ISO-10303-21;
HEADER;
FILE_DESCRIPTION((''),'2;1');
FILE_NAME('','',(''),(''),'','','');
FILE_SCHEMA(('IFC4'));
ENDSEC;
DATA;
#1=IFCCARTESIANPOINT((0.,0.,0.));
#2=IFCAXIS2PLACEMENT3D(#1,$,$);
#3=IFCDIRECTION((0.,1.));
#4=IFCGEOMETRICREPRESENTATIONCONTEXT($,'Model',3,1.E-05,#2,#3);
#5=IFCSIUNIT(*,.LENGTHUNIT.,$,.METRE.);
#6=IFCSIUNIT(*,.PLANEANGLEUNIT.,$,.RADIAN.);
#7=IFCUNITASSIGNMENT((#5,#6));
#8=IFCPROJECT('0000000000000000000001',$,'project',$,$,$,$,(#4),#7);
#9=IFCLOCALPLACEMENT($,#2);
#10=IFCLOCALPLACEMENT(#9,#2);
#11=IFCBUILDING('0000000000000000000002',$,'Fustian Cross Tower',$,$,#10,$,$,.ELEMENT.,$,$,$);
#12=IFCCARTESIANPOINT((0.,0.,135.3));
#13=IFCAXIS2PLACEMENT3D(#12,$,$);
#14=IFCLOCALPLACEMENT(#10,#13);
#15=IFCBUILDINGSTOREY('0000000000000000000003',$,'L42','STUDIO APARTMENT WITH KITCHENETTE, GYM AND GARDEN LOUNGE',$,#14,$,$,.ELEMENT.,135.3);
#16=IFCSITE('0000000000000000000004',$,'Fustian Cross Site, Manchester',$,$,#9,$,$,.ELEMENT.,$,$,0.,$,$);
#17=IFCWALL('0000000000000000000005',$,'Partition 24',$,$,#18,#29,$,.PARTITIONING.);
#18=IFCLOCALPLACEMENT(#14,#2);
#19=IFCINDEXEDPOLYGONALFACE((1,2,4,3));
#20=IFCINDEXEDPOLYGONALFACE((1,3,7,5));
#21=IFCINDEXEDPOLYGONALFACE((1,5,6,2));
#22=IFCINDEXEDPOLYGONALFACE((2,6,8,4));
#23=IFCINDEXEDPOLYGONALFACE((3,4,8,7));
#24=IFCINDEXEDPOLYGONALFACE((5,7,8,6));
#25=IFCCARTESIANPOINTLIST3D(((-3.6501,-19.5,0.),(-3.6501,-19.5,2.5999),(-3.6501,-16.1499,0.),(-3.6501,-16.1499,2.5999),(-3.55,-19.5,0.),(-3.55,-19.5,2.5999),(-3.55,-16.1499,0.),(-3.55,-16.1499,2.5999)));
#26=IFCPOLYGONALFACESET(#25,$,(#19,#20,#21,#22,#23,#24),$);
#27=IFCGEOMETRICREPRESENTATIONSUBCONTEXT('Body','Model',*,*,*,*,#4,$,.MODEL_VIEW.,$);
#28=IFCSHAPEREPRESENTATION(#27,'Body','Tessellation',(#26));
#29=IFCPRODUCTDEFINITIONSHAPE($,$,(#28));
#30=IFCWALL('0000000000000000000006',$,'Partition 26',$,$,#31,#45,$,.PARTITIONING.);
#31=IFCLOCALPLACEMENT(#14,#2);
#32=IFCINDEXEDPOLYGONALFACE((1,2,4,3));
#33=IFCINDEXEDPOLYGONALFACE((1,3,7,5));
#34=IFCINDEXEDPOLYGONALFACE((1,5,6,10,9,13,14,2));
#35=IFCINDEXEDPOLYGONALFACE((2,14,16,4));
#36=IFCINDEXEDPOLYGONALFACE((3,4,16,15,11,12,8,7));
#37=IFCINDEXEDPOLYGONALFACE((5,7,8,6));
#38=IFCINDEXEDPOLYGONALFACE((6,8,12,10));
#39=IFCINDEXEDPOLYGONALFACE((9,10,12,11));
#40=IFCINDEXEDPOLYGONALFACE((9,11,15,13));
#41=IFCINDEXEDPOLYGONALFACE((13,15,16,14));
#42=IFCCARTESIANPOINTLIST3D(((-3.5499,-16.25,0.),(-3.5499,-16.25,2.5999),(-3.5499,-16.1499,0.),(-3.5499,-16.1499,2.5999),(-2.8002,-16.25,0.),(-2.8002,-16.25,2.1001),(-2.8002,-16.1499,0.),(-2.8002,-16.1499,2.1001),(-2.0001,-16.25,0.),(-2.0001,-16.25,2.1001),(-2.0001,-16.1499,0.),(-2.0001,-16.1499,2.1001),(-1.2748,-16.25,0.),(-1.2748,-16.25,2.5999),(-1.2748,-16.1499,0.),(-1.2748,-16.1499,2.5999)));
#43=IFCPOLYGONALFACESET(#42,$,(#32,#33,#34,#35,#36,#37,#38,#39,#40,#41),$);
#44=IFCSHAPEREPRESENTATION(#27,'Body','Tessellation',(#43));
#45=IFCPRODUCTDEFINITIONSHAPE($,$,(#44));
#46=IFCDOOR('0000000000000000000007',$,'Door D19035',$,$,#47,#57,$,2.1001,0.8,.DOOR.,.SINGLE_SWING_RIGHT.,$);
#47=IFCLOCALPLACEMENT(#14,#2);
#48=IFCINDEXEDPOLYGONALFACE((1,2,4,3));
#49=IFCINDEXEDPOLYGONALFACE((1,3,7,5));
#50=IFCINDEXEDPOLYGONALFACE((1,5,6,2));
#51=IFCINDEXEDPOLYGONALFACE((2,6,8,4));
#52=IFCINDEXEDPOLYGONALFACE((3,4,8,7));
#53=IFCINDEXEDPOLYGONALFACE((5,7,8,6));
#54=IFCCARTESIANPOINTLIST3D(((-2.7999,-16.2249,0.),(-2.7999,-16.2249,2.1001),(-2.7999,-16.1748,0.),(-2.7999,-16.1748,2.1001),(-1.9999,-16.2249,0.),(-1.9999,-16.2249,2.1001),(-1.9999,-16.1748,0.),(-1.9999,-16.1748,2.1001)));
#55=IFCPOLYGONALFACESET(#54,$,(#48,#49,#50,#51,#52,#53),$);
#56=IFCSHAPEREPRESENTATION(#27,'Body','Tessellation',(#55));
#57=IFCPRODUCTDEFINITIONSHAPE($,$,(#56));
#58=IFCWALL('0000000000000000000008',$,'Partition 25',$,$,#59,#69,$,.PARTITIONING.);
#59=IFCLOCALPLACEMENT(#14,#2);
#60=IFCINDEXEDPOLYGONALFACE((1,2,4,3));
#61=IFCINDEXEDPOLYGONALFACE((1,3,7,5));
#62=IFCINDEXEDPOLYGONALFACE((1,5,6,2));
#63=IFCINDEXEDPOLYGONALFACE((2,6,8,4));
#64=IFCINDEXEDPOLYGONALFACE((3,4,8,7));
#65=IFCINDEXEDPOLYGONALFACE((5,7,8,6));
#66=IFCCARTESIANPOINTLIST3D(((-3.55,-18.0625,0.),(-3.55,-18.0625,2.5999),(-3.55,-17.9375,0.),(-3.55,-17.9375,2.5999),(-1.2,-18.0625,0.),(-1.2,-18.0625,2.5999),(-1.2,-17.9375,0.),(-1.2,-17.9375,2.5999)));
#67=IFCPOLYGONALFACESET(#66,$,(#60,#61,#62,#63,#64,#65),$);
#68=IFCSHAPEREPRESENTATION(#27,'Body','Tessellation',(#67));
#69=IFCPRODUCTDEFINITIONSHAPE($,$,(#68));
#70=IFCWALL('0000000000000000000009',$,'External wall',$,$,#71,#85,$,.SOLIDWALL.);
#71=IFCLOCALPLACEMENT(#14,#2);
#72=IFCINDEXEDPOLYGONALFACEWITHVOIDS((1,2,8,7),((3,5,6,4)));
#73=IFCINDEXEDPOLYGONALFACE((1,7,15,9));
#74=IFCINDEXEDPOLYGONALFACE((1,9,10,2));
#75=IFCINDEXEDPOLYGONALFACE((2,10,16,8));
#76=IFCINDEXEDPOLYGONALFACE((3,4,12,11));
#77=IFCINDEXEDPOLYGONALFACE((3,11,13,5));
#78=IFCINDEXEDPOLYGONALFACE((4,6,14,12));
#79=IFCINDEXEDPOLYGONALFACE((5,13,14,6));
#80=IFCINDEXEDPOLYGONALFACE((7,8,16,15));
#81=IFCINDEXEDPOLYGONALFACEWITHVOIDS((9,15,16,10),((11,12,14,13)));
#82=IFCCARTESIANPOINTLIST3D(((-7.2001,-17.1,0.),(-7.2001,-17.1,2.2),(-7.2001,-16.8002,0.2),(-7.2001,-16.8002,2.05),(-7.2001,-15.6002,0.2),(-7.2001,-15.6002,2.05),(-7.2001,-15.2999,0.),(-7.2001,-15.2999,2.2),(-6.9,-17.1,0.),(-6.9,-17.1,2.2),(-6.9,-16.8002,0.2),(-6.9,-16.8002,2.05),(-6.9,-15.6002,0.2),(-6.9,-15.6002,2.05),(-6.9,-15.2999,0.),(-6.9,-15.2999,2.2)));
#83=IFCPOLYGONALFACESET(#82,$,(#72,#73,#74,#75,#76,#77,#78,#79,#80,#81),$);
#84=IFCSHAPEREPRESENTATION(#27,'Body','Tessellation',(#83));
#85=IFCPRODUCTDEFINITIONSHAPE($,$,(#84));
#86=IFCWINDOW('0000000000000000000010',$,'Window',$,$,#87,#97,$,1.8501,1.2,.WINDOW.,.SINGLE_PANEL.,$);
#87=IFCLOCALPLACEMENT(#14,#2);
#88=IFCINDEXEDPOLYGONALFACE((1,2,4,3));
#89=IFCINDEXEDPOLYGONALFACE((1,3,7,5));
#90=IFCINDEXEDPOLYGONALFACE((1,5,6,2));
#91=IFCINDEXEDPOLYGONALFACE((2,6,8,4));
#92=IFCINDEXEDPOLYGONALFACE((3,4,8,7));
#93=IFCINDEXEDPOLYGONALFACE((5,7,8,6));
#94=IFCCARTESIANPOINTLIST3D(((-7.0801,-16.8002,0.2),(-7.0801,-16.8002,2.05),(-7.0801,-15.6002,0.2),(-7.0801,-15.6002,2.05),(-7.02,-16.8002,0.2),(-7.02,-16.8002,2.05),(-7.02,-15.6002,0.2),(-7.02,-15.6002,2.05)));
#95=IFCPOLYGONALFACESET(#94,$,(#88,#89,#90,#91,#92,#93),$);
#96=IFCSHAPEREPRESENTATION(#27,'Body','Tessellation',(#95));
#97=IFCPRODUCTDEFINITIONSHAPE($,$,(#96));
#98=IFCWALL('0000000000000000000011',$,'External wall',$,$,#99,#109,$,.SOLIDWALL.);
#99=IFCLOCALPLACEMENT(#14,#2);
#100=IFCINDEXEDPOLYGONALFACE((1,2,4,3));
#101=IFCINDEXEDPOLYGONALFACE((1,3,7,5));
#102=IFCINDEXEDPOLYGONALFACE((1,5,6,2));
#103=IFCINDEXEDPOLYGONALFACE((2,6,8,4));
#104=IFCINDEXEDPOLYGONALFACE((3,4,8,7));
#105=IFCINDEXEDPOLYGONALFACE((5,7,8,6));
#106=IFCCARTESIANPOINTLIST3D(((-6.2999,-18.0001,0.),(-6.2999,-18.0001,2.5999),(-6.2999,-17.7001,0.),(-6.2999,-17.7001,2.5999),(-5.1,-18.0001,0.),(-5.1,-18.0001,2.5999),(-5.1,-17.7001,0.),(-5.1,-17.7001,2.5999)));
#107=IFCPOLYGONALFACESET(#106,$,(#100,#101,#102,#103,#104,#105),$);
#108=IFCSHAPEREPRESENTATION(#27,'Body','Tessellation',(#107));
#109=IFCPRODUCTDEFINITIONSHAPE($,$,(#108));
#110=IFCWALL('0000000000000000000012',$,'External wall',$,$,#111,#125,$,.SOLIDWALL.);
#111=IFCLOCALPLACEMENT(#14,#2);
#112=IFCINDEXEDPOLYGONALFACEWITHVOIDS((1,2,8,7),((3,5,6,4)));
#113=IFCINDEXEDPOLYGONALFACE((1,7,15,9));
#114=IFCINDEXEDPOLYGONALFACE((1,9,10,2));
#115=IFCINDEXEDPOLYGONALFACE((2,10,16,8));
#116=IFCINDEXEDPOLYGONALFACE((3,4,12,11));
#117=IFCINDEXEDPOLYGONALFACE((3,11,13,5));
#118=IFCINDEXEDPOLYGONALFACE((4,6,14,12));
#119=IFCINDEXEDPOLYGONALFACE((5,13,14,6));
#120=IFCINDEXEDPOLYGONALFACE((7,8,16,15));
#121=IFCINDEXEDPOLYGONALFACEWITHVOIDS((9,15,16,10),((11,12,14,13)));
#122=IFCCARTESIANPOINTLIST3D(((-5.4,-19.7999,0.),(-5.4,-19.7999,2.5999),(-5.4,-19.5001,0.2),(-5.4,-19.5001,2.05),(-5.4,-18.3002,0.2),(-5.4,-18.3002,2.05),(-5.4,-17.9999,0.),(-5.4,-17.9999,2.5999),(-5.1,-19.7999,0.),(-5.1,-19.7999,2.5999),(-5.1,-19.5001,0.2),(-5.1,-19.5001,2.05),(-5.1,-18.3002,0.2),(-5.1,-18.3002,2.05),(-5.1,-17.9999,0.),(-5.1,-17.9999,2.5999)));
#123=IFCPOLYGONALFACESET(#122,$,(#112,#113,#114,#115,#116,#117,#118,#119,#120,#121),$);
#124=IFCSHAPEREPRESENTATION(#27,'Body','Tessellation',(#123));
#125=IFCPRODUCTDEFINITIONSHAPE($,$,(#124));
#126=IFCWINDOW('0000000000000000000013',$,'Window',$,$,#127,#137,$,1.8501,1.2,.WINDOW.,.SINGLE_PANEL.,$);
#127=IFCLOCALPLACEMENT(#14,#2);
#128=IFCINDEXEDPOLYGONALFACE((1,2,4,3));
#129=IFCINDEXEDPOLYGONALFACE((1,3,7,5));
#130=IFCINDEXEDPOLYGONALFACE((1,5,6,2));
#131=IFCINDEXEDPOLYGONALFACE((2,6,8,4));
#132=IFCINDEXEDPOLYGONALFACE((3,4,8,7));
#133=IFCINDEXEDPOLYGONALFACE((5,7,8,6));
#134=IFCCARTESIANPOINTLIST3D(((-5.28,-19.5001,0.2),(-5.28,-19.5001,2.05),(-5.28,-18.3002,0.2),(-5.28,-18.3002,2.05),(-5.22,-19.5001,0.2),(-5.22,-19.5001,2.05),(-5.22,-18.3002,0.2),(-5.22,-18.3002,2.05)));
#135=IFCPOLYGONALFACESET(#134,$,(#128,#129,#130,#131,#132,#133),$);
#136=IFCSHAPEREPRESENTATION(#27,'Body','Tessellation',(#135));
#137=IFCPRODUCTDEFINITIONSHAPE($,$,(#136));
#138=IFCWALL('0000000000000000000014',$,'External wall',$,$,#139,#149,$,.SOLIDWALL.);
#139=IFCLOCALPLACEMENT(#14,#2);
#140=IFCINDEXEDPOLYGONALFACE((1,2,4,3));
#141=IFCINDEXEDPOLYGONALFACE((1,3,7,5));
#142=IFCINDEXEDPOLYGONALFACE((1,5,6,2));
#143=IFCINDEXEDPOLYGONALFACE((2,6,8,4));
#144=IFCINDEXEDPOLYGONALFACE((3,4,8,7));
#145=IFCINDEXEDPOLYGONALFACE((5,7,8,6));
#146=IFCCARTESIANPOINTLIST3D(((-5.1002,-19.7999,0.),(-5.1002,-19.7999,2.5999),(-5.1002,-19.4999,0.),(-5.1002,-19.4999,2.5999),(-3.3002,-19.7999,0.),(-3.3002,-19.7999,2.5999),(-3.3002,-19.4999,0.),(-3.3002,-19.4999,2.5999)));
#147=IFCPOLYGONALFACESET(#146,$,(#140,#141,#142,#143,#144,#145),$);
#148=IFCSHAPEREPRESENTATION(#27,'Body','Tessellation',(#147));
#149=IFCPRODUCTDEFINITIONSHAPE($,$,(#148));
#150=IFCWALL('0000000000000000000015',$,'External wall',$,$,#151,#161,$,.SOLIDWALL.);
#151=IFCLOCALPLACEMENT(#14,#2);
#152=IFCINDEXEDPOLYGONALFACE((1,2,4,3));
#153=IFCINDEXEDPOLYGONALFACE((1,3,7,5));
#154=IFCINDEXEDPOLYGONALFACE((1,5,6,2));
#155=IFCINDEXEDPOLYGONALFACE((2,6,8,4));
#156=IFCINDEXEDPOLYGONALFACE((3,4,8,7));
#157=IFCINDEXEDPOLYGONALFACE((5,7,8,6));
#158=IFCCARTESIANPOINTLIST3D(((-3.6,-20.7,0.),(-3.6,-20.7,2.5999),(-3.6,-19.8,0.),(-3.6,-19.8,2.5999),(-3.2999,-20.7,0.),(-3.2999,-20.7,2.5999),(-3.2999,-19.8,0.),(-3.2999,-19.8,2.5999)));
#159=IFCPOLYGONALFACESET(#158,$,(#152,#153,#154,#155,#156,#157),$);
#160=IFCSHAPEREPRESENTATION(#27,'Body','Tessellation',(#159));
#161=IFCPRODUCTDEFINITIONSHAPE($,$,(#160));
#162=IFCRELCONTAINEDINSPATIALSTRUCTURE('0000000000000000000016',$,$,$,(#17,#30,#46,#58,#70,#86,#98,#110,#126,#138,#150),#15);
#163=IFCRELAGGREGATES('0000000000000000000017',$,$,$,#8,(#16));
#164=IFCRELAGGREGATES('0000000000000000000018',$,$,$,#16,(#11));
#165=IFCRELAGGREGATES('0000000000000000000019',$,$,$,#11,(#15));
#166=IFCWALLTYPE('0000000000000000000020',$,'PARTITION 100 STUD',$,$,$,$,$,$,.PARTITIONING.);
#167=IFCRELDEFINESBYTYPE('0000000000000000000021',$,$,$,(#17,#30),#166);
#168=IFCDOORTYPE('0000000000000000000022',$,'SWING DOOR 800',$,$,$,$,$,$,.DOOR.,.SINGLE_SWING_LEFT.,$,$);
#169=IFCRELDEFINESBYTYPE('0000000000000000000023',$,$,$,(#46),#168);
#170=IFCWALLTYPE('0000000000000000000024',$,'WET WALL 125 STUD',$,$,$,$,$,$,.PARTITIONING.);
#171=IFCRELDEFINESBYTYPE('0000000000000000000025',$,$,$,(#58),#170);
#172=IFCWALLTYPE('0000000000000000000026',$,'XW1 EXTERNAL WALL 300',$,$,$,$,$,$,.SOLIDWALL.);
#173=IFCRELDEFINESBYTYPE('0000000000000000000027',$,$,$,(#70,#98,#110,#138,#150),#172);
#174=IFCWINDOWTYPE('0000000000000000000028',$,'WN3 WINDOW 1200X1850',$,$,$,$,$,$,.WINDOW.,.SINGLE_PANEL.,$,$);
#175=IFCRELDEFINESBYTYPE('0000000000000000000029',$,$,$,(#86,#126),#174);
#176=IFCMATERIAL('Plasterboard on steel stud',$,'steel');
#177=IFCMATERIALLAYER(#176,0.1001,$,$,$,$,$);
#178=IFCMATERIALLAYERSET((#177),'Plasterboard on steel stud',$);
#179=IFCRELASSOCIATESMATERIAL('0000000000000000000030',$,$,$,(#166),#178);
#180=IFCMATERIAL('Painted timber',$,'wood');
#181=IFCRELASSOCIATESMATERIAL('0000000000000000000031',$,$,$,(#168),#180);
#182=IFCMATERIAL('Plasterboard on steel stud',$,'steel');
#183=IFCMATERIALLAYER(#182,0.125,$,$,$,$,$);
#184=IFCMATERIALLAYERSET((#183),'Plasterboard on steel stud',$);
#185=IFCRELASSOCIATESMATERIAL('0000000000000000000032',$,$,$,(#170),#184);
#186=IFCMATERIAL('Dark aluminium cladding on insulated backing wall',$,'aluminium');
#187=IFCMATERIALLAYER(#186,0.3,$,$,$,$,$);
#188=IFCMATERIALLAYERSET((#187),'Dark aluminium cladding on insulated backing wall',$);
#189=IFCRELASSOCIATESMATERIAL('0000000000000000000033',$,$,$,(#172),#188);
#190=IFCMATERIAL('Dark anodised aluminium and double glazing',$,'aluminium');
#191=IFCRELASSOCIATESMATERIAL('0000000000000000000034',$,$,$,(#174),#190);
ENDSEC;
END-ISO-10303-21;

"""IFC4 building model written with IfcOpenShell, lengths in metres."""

from ifc_helpers import new_model, si_unit, direction, frame, frame_2d, origin, place, context, subcontext, project, spatial, rectangle, extrude, material, layer, layer_set, type_object, element, fill, save


model = new_model("IFC4")

# Units and contexts
model_context = context("Model", 3, precision=1e-05, world=origin(), true_north=direction((0.0, 1.0)))
body_context = subcontext(model_context, "Body", "Model", "MODEL_VIEW")
ifc_project = project(units=[si_unit("LENGTHUNIT", "METRE"), si_unit("PLANEANGLEUNIT", "RADIAN")], contexts=[model_context])

# Site, building, storey
site_placement = place(None, origin())
site = spatial("IfcSite", under=ifc_project, at=site_placement, Name="Fustian Cross Site, Manchester", CompositionType="ELEMENT", RefElevation=0.0)
building_placement = place(site_placement, origin())
building = spatial("IfcBuilding", under=site, at=building_placement, Name="Fustian Cross Tower", CompositionType="ELEMENT")
storey_placement = place(building_placement, frame((0.0, 0.0, 135.3)))
storey = spatial("IfcBuildingStorey", under=building, at=storey_placement, Name="L42", Description="STUDIO APARTMENT WITH KITCHENETTE, GYM AND GARDEN LOUNGE", CompositionType="ELEMENT", Elevation=135.3)

# Wall
ifc_material_1 = material(Name="Plasterboard on steel stud", Category="steel")
ifc_layer_1 = layer(ifc_material_1, 0.1001)
ifc_layer_set_1 = layer_set([ifc_layer_1], Name="Plasterboard on steel stud")
wall_type_1 = type_object("IfcWallType", Name="PARTITION 100 STUD", PredefinedType="PARTITIONING", material=ifc_layer_set_1)
wall_1_placement = place(storey_placement, frame((-3.6001, -19.5, 0.0), z_axis=(0.0, 0.0, 1.0), x_axis=(0.0, 1.0, 0.0)))
element("IfcWall", 1, at=wall_1_placement, inside=storey, type_object=wall_type_1, Name="Partition 24", PredefinedType="PARTITIONING", context=body_context, shape_type="SweptSolid", body=[
    extrude(rectangle(XDim=3.3501, YDim=0.1001, at=frame_2d((1.675, 0.0))), origin(), (0.0, 0.0, 1.0), 2.5999),
])

# Wall, opening, door
wall_2_placement = place(storey_placement, frame((-3.55, -16.2, 0.0), z_axis=(0.0, 0.0, 1.0), x_axis=(1.0, 0.0, 0.0)))
wall_2 = element("IfcWall", 2, at=wall_2_placement, inside=storey, type_object=wall_type_1, Name="Partition 26", PredefinedType="PARTITIONING", context=body_context, shape_type="SweptSolid", body=[
    extrude(rectangle(XDim=2.2751, YDim=0.1001, at=frame_2d((1.1377, 0.0))), origin(), (0.0, 0.0, 1.0), 2.5999),
])
opening_1_placement = place(wall_2_placement, frame((0.75, 0.0, 0.0)))
opening_1 = element("IfcOpeningElement", 3, at=opening_1_placement, cuts=wall_2, PredefinedType="OPENING", context=body_context, shape_type="SweptSolid", body=[
    extrude(rectangle(XDim=0.8, YDim=2.1001, at=frame_2d((0.3999, 1.05))), frame((0.0, 0.0601, 0.0), z_axis=(0.0, -1.0, 0.0), x_axis=(1.0, 0.0, 0.0)), (0.0, 0.0, 1.0), 0.1201),
])
ifc_material_2 = material(Name="Painted timber", Category="wood")
door_type_1 = type_object("IfcDoorType", Name="SWING DOOR 800", OperationType="SINGLE_SWING_LEFT", PredefinedType="DOOR", material=ifc_material_2)
door_1_placement = place(opening_1_placement, frame((0.8, 0.0, 0.0), z_axis=(0.0, 0.0, 1.0), x_axis=(-1.0, 0.0, 0.0)))
door_1 = element("IfcDoor", 4, at=door_1_placement, inside=storey, type_object=door_type_1, Name="Door D19035", OperationType="SINGLE_SWING_RIGHT", OverallHeight=2.1001, OverallWidth=0.8, PredefinedType="DOOR", context=body_context, shape_type="SweptSolid", body=[
    extrude(rectangle(XDim=0.8, YDim=2.1001, at=frame_2d((0.3999, 1.05))), frame((0.0, 0.0249, 0.0), z_axis=(0.0, -1.0, 0.0), x_axis=(1.0, 0.0, 0.0)), (0.0, 0.0, 1.0), 0.05),
])
fill(opening_1, door_1)

# Wall
ifc_material_3 = material(Name="Plasterboard on steel stud", Category="steel")
ifc_layer_2 = layer(ifc_material_3, 0.125)
ifc_layer_set_2 = layer_set([ifc_layer_2], Name="Plasterboard on steel stud")
wall_type_2 = type_object("IfcWallType", Name="WET WALL 125 STUD", PredefinedType="PARTITIONING", material=ifc_layer_set_2)
wall_3_placement = place(storey_placement, frame((-3.55, -18.0, 0.0), z_axis=(0.0, 0.0, 1.0), x_axis=(1.0, 0.0, 0.0)))
element("IfcWall", 5, at=wall_3_placement, inside=storey, type_object=wall_type_2, Name="Partition 25", PredefinedType="PARTITIONING", context=body_context, shape_type="SweptSolid", body=[
    extrude(rectangle(XDim=2.3501, YDim=0.125, at=frame_2d((1.175, 0.0))), origin(), (0.0, 0.0, 1.0), 2.5999),
])

# Wall, opening, window
ifc_material_4 = material(Name="Dark aluminium cladding on insulated backing wall", Category="aluminium")
ifc_layer_3 = layer(ifc_material_4, 0.3)
ifc_layer_set_3 = layer_set([ifc_layer_3], Name="Dark aluminium cladding on insulated backing wall")
wall_type_3 = type_object("IfcWallType", Name="XW1 EXTERNAL WALL 300", PredefinedType="SOLIDWALL", material=ifc_layer_set_3)
wall_4_placement = place(storey_placement, frame((-7.05, -15.3, 0.0), z_axis=(0.0, 0.0, 1.0), x_axis=(0.0, -1.0, 0.0)))
wall_4 = element("IfcWall", 6, at=wall_4_placement, inside=storey, type_object=wall_type_3, Name="External wall", PredefinedType="SOLIDWALL", context=body_context, shape_type="SweptSolid", body=[
    extrude(rectangle(XDim=1.8, YDim=0.3, at=frame_2d((0.8999, 0.0))), origin(), (0.0, 0.0, 1.0), 2.2),
])
opening_2_placement = place(wall_4_placement, frame((0.3, 0.0, 0.2)))
opening_2 = element("IfcOpeningElement", 7, at=opening_2_placement, cuts=wall_4, PredefinedType="OPENING", context=body_context, shape_type="SweptSolid", body=[
    extrude(rectangle(XDim=1.2, YDim=1.8501, at=frame_2d((0.6001, 0.925))), frame((0.0, 0.1599, 0.0), z_axis=(0.0, -1.0, 0.0), x_axis=(1.0, 0.0, 0.0)), (0.0, 0.0, 1.0), 0.3201),
])
ifc_material_5 = material(Name="Dark anodised aluminium and double glazing", Category="aluminium")
window_type_1 = type_object("IfcWindowType", Name="WN3 WINDOW 1200X1850", PartitioningType="SINGLE_PANEL", PredefinedType="WINDOW", material=ifc_material_5)
window_1_placement = place(opening_2_placement, origin())
window_1 = element("IfcWindow", 8, at=window_1_placement, inside=storey, type_object=window_type_1, Name="Window", OverallHeight=1.8501, OverallWidth=1.2, PartitioningType="SINGLE_PANEL", PredefinedType="WINDOW", context=body_context, shape_type="SweptSolid", body=[
    extrude(rectangle(XDim=1.2, YDim=1.8501, at=frame_2d((0.6001, 0.925))), frame((0.0, 0.03, 0.0), z_axis=(0.0, -1.0, 0.0), x_axis=(1.0, 0.0, 0.0)), (0.0, 0.0, 1.0), 0.0601),
])
fill(opening_2, window_1)

# Wall
wall_5_placement = place(storey_placement, frame((-6.3, -17.8501, 0.0), z_axis=(0.0, 0.0, 1.0), x_axis=(1.0, 0.0, 0.0)))
element("IfcWall", 9, at=wall_5_placement, inside=storey, type_object=wall_type_3, Name="External wall", PredefinedType="SOLIDWALL", context=body_context, shape_type="SweptSolid", body=[
    extrude(rectangle(XDim=1.2, YDim=0.3, at=frame_2d((0.6001, 0.0))), origin(), (0.0, 0.0, 1.0), 2.5999),
])

# Wall, opening, window
wall_6_placement = place(storey_placement, frame((-5.25, -18.0, 0.0), z_axis=(0.0, 0.0, 1.0), x_axis=(0.0, -1.0, 0.0)))
wall_6 = element("IfcWall", 10, at=wall_6_placement, inside=storey, type_object=wall_type_3, Name="External wall", PredefinedType="SOLIDWALL", context=body_context, shape_type="SweptSolid", body=[
    extrude(rectangle(XDim=1.8, YDim=0.3, at=frame_2d((0.8999, 0.0))), origin(), (0.0, 0.0, 1.0), 2.5999),
])
opening_3_placement = place(wall_6_placement, frame((0.3, 0.0, 0.2)))
opening_3 = element("IfcOpeningElement", 11, at=opening_3_placement, cuts=wall_6, PredefinedType="OPENING", context=body_context, shape_type="SweptSolid", body=[
    extrude(rectangle(XDim=1.2, YDim=1.8501, at=frame_2d((0.6001, 0.925))), frame((0.0, 0.1599, 0.0), z_axis=(0.0, -1.0, 0.0), x_axis=(1.0, 0.0, 0.0)), (0.0, 0.0, 1.0), 0.3201),
])
window_2_placement = place(opening_3_placement, origin())
window_2 = element("IfcWindow", 12, at=window_2_placement, inside=storey, type_object=window_type_1, Name="Window", OverallHeight=1.8501, OverallWidth=1.2, PartitioningType="SINGLE_PANEL", PredefinedType="WINDOW", context=body_context, shape_type="SweptSolid", body=[
    extrude(rectangle(XDim=1.2, YDim=1.8501, at=frame_2d((0.6001, 0.925))), frame((0.0, 0.03, 0.0), z_axis=(0.0, -1.0, 0.0), x_axis=(1.0, 0.0, 0.0)), (0.0, 0.0, 1.0), 0.0601),
])
fill(opening_3, window_2)

# Walls
wall_7_placement = place(storey_placement, frame((-5.1001, -19.6499, 0.0), z_axis=(0.0, 0.0, 1.0), x_axis=(1.0, 0.0, 0.0)))
element("IfcWall", 13, at=wall_7_placement, inside=storey, type_object=wall_type_3, Name="External wall", PredefinedType="SOLIDWALL", context=body_context, shape_type="SweptSolid", body=[
    extrude(rectangle(XDim=1.8, YDim=0.3, at=frame_2d((0.8999, 0.0))), origin(), (0.0, 0.0, 1.0), 2.5999),
])
wall_8_placement = place(storey_placement, frame((-3.45, -19.8, 0.0), z_axis=(0.0, 0.0, 1.0), x_axis=(0.0, -1.0, 0.0)))
element("IfcWall", 14, at=wall_8_placement, inside=storey, type_object=wall_type_3, Name="External wall", PredefinedType="SOLIDWALL", context=body_context, shape_type="SweptSolid", body=[
    extrude(rectangle(XDim=0.8999, YDim=0.3, at=frame_2d((0.45, 0.0))), origin(), (0.0, 0.0, 1.0), 2.5999),
])

save(model, "model.ifc")
